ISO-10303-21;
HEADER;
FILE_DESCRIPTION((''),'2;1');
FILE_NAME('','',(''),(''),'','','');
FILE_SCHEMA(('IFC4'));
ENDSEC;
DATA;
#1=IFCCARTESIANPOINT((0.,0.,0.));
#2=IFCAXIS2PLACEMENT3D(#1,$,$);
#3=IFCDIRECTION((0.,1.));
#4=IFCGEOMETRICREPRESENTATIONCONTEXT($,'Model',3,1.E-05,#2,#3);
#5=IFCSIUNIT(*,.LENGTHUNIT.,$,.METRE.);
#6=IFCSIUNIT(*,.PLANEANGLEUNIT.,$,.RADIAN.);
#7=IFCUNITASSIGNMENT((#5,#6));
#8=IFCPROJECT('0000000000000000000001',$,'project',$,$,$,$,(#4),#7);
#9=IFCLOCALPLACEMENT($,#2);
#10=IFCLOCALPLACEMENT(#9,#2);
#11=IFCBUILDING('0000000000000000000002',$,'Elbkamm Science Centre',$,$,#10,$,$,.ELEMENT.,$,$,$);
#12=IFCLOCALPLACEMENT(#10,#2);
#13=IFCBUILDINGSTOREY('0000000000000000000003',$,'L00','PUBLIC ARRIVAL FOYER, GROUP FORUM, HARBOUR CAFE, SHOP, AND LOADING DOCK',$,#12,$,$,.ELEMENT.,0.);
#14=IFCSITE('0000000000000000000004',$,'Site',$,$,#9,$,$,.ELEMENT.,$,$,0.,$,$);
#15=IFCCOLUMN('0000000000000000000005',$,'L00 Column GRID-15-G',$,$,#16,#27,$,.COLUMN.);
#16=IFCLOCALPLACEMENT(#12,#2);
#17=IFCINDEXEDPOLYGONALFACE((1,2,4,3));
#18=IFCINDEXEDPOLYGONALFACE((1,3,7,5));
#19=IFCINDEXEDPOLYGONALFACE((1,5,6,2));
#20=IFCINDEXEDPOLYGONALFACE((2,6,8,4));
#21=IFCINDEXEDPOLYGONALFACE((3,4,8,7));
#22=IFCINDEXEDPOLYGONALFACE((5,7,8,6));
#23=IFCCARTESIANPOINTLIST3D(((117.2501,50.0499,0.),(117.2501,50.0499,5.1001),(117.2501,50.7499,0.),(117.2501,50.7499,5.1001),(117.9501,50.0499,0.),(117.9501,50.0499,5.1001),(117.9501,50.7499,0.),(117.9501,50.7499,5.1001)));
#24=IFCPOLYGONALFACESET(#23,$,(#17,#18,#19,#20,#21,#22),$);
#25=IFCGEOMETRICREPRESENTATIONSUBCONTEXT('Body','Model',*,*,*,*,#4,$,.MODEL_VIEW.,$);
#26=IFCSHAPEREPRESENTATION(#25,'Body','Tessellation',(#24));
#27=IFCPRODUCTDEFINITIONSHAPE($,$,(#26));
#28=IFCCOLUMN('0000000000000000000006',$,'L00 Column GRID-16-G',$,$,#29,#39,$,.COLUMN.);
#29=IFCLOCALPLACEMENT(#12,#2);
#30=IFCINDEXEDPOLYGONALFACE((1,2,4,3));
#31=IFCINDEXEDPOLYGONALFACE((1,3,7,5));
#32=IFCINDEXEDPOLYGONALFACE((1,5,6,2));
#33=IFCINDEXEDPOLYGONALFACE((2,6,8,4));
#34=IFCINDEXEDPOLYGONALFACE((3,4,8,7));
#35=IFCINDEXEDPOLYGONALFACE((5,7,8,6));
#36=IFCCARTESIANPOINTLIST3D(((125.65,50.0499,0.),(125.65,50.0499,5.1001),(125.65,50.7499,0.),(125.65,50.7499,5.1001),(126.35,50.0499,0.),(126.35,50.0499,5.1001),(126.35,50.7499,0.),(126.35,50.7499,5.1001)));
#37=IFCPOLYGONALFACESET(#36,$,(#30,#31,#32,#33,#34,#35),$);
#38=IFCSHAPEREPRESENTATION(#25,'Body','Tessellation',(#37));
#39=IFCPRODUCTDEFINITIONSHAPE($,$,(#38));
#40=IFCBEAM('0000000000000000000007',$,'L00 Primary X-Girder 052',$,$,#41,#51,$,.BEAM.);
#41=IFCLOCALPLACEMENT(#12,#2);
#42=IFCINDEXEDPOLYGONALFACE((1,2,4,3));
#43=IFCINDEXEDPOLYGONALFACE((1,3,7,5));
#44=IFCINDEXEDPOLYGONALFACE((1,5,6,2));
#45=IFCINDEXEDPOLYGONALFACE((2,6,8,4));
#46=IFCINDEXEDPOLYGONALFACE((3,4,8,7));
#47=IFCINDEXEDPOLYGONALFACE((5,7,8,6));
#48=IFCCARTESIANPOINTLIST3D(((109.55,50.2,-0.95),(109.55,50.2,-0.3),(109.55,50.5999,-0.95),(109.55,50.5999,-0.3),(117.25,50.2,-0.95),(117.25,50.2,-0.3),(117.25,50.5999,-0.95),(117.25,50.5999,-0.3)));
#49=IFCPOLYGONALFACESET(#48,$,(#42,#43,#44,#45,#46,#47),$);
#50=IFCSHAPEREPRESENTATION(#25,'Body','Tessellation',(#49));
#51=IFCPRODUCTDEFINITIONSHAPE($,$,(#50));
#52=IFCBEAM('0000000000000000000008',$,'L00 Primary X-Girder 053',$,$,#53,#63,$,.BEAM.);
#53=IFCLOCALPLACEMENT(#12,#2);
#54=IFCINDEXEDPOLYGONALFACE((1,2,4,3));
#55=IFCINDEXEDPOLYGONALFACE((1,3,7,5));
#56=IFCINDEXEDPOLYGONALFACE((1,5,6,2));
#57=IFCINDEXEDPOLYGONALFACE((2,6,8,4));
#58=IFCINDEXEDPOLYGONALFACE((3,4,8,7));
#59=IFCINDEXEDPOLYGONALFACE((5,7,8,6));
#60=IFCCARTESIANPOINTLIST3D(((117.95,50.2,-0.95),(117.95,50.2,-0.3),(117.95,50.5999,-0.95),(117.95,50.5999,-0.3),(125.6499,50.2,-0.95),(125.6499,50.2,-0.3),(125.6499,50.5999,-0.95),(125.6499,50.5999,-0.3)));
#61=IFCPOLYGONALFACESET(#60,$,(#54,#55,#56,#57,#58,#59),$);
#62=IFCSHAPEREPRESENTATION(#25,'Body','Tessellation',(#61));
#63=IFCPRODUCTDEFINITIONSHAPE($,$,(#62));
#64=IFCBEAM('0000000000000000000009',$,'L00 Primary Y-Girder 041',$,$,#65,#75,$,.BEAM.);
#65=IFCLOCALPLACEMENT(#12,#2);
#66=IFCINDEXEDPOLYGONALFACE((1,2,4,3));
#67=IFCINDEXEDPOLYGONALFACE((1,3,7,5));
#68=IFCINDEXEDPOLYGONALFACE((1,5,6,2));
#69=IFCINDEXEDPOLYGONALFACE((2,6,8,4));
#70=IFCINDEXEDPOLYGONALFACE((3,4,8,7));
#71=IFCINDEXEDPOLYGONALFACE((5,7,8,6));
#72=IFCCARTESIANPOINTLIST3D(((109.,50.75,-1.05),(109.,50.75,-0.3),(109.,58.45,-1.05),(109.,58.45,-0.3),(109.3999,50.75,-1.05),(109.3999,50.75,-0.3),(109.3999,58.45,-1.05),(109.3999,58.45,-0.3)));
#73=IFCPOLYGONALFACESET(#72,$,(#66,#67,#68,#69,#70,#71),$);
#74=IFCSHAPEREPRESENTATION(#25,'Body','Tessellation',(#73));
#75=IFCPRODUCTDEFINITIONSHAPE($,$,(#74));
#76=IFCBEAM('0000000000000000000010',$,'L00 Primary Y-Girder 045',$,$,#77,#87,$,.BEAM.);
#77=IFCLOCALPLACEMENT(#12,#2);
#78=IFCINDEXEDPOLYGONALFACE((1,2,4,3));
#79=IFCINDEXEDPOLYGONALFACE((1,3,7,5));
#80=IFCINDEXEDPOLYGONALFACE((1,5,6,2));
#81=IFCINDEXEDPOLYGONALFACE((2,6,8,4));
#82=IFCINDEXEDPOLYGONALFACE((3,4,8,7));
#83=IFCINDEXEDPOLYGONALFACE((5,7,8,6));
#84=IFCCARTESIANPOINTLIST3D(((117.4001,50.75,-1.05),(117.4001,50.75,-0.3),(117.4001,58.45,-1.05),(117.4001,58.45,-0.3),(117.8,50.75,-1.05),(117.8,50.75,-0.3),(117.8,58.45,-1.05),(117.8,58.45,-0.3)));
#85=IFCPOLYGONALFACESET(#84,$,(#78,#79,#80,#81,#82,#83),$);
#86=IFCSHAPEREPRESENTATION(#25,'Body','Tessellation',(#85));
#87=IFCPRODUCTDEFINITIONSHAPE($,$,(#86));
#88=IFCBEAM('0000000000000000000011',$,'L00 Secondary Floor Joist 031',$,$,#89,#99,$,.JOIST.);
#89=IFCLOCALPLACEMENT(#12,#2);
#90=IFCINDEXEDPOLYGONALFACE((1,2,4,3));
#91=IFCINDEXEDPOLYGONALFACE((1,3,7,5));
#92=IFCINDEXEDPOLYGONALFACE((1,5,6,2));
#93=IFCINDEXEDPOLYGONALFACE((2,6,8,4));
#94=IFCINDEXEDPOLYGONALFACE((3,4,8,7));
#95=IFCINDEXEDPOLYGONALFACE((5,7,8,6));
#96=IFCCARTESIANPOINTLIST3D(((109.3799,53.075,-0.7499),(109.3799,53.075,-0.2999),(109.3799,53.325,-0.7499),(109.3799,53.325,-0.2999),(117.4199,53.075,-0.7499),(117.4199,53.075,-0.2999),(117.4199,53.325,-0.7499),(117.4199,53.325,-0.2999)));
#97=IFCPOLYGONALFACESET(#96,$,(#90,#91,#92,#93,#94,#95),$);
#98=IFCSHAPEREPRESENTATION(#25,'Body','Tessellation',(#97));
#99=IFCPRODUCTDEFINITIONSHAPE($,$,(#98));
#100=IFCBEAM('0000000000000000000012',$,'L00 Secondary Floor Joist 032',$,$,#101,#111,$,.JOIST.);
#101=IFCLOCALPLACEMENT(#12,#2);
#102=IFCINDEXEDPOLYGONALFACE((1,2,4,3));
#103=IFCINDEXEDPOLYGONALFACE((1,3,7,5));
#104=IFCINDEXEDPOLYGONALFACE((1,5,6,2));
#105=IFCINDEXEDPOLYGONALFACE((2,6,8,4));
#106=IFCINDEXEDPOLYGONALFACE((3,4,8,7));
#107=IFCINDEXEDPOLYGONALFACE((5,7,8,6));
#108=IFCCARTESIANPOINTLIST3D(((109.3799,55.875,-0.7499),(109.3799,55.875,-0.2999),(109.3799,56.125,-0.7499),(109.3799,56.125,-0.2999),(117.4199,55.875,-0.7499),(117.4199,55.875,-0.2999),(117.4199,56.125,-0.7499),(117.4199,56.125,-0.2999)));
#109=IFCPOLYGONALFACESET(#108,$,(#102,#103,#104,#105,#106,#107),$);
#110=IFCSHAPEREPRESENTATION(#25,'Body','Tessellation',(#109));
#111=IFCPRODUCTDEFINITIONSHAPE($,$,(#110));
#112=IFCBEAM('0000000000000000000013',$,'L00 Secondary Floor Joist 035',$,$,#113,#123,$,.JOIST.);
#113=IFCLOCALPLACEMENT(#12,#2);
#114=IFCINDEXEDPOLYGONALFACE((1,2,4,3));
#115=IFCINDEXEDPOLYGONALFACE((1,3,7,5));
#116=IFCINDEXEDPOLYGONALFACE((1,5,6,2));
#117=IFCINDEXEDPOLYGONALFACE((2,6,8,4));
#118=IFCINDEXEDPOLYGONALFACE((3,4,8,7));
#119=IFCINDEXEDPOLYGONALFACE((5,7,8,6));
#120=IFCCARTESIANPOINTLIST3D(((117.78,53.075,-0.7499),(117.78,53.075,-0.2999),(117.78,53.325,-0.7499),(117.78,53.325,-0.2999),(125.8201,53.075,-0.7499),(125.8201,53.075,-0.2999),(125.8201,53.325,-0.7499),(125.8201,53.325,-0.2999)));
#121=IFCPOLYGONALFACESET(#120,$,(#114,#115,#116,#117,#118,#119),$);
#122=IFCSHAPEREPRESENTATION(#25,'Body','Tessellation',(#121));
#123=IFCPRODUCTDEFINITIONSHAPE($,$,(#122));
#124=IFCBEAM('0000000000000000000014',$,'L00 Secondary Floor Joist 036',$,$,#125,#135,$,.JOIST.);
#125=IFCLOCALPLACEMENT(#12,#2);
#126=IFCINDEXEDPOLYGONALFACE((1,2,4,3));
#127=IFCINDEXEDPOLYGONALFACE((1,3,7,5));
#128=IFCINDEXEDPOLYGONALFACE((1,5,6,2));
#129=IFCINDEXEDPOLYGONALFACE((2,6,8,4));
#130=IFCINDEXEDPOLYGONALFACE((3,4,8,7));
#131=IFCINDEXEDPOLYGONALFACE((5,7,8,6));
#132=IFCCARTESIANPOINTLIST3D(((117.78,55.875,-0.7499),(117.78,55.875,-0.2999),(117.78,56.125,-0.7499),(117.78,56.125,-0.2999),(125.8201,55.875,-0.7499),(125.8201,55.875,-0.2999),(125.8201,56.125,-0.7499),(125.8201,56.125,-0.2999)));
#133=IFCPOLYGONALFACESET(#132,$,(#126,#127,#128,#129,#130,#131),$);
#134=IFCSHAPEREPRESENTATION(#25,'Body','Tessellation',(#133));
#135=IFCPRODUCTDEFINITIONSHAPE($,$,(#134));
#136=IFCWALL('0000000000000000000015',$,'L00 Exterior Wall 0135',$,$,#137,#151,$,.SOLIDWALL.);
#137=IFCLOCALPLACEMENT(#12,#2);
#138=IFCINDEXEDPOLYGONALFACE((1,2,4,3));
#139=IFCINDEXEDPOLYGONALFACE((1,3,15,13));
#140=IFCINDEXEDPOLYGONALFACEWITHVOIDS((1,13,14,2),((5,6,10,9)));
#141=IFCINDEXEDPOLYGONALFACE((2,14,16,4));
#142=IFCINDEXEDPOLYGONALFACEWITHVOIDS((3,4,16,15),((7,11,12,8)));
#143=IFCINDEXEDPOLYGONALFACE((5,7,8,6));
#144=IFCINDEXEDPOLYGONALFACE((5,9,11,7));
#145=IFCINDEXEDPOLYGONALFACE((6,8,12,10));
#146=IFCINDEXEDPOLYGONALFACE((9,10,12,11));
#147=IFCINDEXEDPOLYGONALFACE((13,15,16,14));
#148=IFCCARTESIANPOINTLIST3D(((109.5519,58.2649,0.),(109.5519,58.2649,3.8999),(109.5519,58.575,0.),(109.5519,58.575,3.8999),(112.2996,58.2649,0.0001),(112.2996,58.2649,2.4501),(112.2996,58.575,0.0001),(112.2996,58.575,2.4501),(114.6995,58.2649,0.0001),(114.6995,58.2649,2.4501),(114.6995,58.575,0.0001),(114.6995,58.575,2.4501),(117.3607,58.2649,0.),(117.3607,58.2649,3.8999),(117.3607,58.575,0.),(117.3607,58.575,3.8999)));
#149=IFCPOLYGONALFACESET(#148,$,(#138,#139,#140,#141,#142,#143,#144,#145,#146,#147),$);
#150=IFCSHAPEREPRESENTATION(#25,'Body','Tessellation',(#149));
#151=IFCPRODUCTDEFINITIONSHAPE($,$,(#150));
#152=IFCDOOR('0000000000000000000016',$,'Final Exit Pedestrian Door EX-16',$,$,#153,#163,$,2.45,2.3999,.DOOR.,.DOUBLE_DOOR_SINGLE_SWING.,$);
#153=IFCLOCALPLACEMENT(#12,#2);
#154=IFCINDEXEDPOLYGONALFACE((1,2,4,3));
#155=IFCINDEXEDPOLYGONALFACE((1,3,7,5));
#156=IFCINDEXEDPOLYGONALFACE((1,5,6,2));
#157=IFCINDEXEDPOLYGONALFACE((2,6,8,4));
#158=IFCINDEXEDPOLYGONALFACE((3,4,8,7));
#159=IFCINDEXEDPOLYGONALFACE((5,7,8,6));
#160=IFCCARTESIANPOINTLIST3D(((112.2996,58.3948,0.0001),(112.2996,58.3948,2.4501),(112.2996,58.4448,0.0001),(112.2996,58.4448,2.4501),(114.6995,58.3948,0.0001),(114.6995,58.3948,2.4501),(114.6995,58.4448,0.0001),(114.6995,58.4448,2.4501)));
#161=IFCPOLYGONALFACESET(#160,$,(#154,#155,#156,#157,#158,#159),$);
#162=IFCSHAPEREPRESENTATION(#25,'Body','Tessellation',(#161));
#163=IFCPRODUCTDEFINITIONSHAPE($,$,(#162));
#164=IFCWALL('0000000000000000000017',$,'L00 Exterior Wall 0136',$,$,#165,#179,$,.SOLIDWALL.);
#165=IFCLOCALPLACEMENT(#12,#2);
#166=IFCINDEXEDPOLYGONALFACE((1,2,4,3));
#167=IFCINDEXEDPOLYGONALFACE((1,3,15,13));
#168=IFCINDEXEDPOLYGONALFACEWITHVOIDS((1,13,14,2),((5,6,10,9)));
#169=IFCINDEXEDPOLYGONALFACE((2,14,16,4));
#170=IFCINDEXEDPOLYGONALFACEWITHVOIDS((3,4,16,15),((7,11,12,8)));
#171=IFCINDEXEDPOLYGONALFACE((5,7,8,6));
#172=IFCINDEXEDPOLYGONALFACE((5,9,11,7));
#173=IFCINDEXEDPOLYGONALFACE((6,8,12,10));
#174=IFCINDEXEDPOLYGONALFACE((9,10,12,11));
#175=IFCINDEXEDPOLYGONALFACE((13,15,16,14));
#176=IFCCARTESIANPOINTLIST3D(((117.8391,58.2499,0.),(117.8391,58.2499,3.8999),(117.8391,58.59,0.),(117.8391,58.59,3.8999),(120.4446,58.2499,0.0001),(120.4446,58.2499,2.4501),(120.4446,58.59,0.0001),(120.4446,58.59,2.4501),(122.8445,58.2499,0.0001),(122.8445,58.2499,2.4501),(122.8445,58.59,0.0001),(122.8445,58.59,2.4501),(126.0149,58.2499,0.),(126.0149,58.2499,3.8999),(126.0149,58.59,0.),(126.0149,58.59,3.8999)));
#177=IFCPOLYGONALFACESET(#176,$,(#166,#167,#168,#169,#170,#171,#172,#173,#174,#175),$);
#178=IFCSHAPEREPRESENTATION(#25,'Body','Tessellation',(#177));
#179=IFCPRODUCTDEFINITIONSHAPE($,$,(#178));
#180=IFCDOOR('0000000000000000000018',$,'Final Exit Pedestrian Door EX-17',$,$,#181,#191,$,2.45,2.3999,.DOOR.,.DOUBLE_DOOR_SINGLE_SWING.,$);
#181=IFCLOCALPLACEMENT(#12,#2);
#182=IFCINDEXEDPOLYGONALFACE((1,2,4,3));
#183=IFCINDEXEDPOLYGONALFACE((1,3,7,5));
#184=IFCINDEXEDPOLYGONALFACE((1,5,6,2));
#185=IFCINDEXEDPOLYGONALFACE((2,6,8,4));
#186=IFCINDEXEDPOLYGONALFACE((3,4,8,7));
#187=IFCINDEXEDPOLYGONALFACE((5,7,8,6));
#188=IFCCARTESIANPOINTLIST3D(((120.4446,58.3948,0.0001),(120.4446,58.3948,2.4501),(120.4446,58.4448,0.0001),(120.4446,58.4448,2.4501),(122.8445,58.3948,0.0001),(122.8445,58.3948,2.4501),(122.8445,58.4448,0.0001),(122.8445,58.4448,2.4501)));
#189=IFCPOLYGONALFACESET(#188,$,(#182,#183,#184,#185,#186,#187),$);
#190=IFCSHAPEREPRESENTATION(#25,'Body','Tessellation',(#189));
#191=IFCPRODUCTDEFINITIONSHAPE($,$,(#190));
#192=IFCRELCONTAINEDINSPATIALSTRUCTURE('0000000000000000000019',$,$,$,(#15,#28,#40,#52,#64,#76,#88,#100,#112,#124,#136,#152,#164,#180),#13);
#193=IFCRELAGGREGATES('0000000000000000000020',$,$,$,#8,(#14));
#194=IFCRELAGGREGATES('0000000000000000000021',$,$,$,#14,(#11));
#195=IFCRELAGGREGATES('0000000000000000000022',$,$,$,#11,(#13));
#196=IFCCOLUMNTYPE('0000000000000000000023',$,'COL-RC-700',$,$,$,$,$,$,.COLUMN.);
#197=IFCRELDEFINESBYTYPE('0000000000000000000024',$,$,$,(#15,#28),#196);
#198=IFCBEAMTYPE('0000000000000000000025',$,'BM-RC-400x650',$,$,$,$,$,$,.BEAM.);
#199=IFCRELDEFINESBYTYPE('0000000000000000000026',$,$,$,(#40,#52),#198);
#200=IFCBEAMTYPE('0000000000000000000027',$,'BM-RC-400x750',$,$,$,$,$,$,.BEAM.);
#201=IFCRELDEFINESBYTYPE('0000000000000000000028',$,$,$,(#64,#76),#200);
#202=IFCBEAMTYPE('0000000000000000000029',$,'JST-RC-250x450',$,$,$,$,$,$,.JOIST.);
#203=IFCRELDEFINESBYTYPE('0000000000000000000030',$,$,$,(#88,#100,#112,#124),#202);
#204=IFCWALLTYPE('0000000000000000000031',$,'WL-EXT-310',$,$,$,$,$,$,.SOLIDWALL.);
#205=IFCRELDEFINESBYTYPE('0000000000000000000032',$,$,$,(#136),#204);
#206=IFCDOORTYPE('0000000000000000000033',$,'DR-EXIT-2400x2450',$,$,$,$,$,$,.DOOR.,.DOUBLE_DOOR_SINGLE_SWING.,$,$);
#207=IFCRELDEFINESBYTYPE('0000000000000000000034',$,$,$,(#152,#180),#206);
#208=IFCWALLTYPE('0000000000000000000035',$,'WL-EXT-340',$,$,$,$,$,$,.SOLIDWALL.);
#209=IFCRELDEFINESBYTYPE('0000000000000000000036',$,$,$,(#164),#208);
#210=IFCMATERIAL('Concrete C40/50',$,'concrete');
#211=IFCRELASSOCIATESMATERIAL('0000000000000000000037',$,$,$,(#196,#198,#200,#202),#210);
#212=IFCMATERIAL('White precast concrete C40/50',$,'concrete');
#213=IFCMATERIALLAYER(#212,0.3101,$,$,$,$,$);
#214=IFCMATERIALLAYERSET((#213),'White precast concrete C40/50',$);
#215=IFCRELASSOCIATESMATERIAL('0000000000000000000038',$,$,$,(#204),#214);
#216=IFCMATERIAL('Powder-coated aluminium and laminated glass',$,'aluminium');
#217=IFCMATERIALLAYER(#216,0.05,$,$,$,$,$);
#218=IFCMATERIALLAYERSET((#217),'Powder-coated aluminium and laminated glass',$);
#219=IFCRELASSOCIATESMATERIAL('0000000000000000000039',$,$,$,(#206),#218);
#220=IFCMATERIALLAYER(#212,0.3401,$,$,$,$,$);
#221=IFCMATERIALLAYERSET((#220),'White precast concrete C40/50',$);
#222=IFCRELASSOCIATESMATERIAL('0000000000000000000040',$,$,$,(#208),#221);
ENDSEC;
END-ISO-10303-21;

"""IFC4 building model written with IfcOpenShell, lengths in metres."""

from ifc_helpers import new_model, si_unit, direction, frame, frame_2d, origin, origin_2d, place, context, subcontext, project, spatial, rectangle, extrude, material, layer, layer_set, material_profile, profile_set, type_object, element, fill, save


model = new_model("IFC4")

# Units and contexts
model_context = context("Model", 3, precision=1e-05, world=origin(), true_north=direction((0.0, 1.0)))
body_context = subcontext(model_context, "Body", "Model", "MODEL_VIEW")
ifc_project = project(units=[si_unit("LENGTHUNIT", "METRE"), si_unit("PLANEANGLEUNIT", "RADIAN")], contexts=[model_context])

# Site, building, storey
site_placement = place(None, origin())
site = spatial("IfcSite", under=ifc_project, at=site_placement, Name="Site", CompositionType="ELEMENT", RefElevation=0.0)
building_placement = place(site_placement, origin())
building = spatial("IfcBuilding", under=site, at=building_placement, Name="Elbkamm Science Centre", CompositionType="ELEMENT")
storey_placement = place(building_placement, origin())
storey = spatial("IfcBuildingStorey", under=building, at=storey_placement, Name="L00", Description="PUBLIC ARRIVAL FOYER, GROUP FORUM, HARBOUR CAFE, SHOP, AND LOADING DOCK", CompositionType="ELEMENT", Elevation=0.0)

# Columns
ifc_material_1 = material(Name="Concrete C40/50", Category="concrete")
ifc_material_profile_1 = material_profile(ifc_material_1, rectangle(XDim=0.7, YDim=0.7, at=origin_2d()), Name="RC 700x700")
ifc_profile_set_1 = profile_set([ifc_material_profile_1], Name="Concrete C40/50")
column_type = type_object("IfcColumnType", Name="COL-RC-700", PredefinedType="COLUMN", material=ifc_profile_set_1)
for number, where, z_axis, x_axis, name in (
    (1, (117.6001, 50.3999, 0.0), (0.0, 0.0, 1.0), (1.0, 0.0, 0.0), "L00 Column GRID-15-G"),
    (2, (126.0, 50.3999, 0.0), (0.0, 0.0, 1.0), (1.0, 0.0, 0.0), "L00 Column GRID-16-G"),
):
    element("IfcColumn", number, at=place(storey_placement, frame(where, z_axis=z_axis, x_axis=x_axis)), inside=storey, type_object=column_type, Name=name, PredefinedType="COLUMN", context=body_context, shape_type="SweptSolid", body=[
        extrude(rectangle(XDim=0.7, YDim=0.7, at=origin_2d()), origin(), (0.0, 0.0, 1.0), 5.1001),
    ])

# Beams
ifc_material_profile_2 = material_profile(ifc_material_1, rectangle(XDim=0.3999, YDim=0.6499, at=origin_2d()), Name="RC 400x650")
ifc_profile_set_2 = profile_set([ifc_material_profile_2], Name="Concrete C40/50")
beam_type_1 = type_object("IfcBeamType", Name="BM-RC-400x650", PredefinedType="BEAM", material=ifc_profile_set_2)
for number, where, z_axis, x_axis, name in (
    (3, (109.55, 50.3999, -0.625), (1.0, 0.0, 0.0), (0.0, 1.0, 0.0), "L00 Primary X-Girder 052"),
    (4, (117.95, 50.3999, -0.625), (1.0, 0.0, 0.0), (0.0, 1.0, 0.0), "L00 Primary X-Girder 053"),
):
    element("IfcBeam", number, at=place(storey_placement, frame(where, z_axis=z_axis, x_axis=x_axis)), inside=storey, type_object=beam_type_1, Name=name, PredefinedType="BEAM", context=body_context, shape_type="SweptSolid", body=[
        extrude(rectangle(XDim=0.3999, YDim=0.6499, at=origin_2d()), origin(), (0.0, 0.0, 1.0), 7.7),
    ])
ifc_material_profile_3 = material_profile(ifc_material_1, rectangle(XDim=0.3999, YDim=0.75, at=origin_2d()), Name="RC 400x750")
ifc_profile_set_3 = profile_set([ifc_material_profile_3], Name="Concrete C40/50")
beam_type_2 = type_object("IfcBeamType", Name="BM-RC-400x750", PredefinedType="BEAM", material=ifc_profile_set_3)
for number, where, z_axis, x_axis, name in (
    (5, (109.2, 50.75, -0.675), (0.0, 1.0, 0.0), (-1.0, 0.0, 0.0), "L00 Primary Y-Girder 041"),
    (6, (117.6001, 50.75, -0.675), (0.0, 1.0, 0.0), (-1.0, 0.0, 0.0), "L00 Primary Y-Girder 045"),
):
    element("IfcBeam", number, at=place(storey_placement, frame(where, z_axis=z_axis, x_axis=x_axis)), inside=storey, type_object=beam_type_2, Name=name, PredefinedType="BEAM", context=body_context, shape_type="SweptSolid", body=[
        extrude(rectangle(XDim=0.3999, YDim=0.75, at=origin_2d()), origin(), (0.0, 0.0, 1.0), 7.7),
    ])
ifc_material_profile_4 = material_profile(ifc_material_1, rectangle(XDim=0.25, YDim=0.45, at=origin_2d()), Name="RC 250x450")
ifc_profile_set_4 = profile_set([ifc_material_profile_4], Name="Concrete C40/50")
beam_type_3 = type_object("IfcBeamType", Name="JST-RC-250x450", PredefinedType="JOIST", material=ifc_profile_set_4)
for number, where, z_axis, x_axis, name in (
    (7, (109.3799, 53.2, -0.5249), (1.0, 0.0, 0.0), (0.0, 1.0, 0.0), "L00 Secondary Floor Joist 031"),
    (8, (109.3799, 56.0, -0.5249), (1.0, 0.0, 0.0), (0.0, 1.0, 0.0), "L00 Secondary Floor Joist 032"),
    (9, (117.78, 53.2, -0.5249), (1.0, 0.0, 0.0), (0.0, 1.0, 0.0), "L00 Secondary Floor Joist 035"),
    (10, (117.78, 56.0, -0.5249), (1.0, 0.0, 0.0), (0.0, 1.0, 0.0), "L00 Secondary Floor Joist 036"),
):
    element("IfcBeam", number, at=place(storey_placement, frame(where, z_axis=z_axis, x_axis=x_axis)), inside=storey, type_object=beam_type_3, Name=name, PredefinedType="JOIST", context=body_context, shape_type="SweptSolid", body=[
        extrude(rectangle(XDim=0.25, YDim=0.45, at=origin_2d()), origin(), (0.0, 0.0, 1.0), 8.04),
    ])

# Walls, openings, doors
ifc_material_2 = material(Name="White precast concrete C40/50", Category="concrete")
ifc_layer_1 = layer(ifc_material_2, 0.3101)
ifc_layer_set_1 = layer_set([ifc_layer_1], Name="White precast concrete C40/50")
wall_type_1 = type_object("IfcWallType", Name="WL-EXT-310", PredefinedType="SOLIDWALL", material=ifc_layer_set_1)
wall_1_placement = place(storey_placement, frame((109.552, 58.4199, 0.0), z_axis=(0.0, 0.0, 1.0), x_axis=(1.0, 0.0, 0.0)))
wall_1 = element("IfcWall", 11, at=wall_1_placement, inside=storey, type_object=wall_type_1, Name="L00 Exterior Wall 0135", PredefinedType="SOLIDWALL", context=body_context, shape_type="SweptSolid", body=[
    extrude(rectangle(XDim=7.8088, YDim=0.3101, at=frame_2d((3.9043, 0.0))), origin(), (0.0, 0.0, 1.0), 3.8999),
])
opening_1_placement = place(wall_1_placement, frame((2.7476, 0.0, 0.0)))
opening_1 = element("IfcOpeningElement", 12, at=opening_1_placement, cuts=wall_1, PredefinedType="OPENING", context=body_context, shape_type="SweptSolid", body=[
    extrude(rectangle(XDim=2.3999, YDim=2.45, at=frame_2d((1.2, 1.2251))), frame((0.0, 0.167, 0.0), z_axis=(0.0, -1.0, 0.0), x_axis=(1.0, 0.0, 0.0)), (0.0, 0.0, 1.0), 0.334),
])
ifc_material_3 = material(Name="Powder-coated aluminium and laminated glass", Category="aluminium")
ifc_layer_2 = layer(ifc_material_3, 0.05)
ifc_layer_set_2 = layer_set([ifc_layer_2], Name="Powder-coated aluminium and laminated glass")
door_type_1 = type_object("IfcDoorType", Name="DR-EXIT-2400x2450", OperationType="DOUBLE_DOOR_SINGLE_SWING", PredefinedType="DOOR", material=ifc_layer_set_2)
door_1_placement = place(opening_1_placement, origin())
door_1 = element("IfcDoor", 13, at=door_1_placement, inside=storey, type_object=door_type_1, Name="Final Exit Pedestrian Door EX-16", OperationType="DOUBLE_DOOR_SINGLE_SWING", OverallHeight=2.45, OverallWidth=2.3999, PredefinedType="DOOR", context=body_context, shape_type="SweptSolid", body=[
    extrude(rectangle(XDim=2.3999, YDim=2.45, at=frame_2d((1.2, 1.2251))), frame((0.0, 0.0249, 0.0), z_axis=(0.0, -1.0, 0.0), x_axis=(1.0, 0.0, 0.0)), (0.0, 0.0, 1.0), 0.05),
])
fill(opening_1, door_1)
ifc_layer_3 = layer(ifc_material_2, 0.3401)
ifc_layer_set_3 = layer_set([ifc_layer_3], Name="White precast concrete C40/50")
wall_type_2 = type_object("IfcWallType", Name="WL-EXT-340", PredefinedType="SOLIDWALL", material=ifc_layer_set_3)
wall_2_placement = place(storey_placement, frame((117.8391, 58.4199, 0.0), z_axis=(0.0, 0.0, 1.0), x_axis=(1.0, 0.0, 0.0)))
wall_2 = element("IfcWall", 14, at=wall_2_placement, inside=storey, type_object=wall_type_2, Name="L00 Exterior Wall 0136", PredefinedType="SOLIDWALL", context=body_context, shape_type="SweptSolid", body=[
    extrude(rectangle(XDim=8.1758, YDim=0.3401, at=frame_2d((4.0879, 0.0))), origin(), (0.0, 0.0, 1.0), 3.8999),
])
opening_2_placement = place(wall_2_placement, frame((2.6055, 0.0, 0.0)))
opening_2 = element("IfcOpeningElement", 15, at=opening_2_placement, cuts=wall_2, PredefinedType="OPENING", context=body_context, shape_type="SweptSolid", body=[
    extrude(rectangle(XDim=2.3999, YDim=2.45, at=frame_2d((1.2, 1.2251))), frame((0.0, 0.1821, 0.0), z_axis=(0.0, -1.0, 0.0), x_axis=(1.0, 0.0, 0.0)), (0.0, 0.0, 1.0), 0.364),
])
door_2_placement = place(opening_2_placement, origin())
door_2 = element("IfcDoor", 16, at=door_2_placement, inside=storey, type_object=door_type_1, Name="Final Exit Pedestrian Door EX-17", OperationType="DOUBLE_DOOR_SINGLE_SWING", OverallHeight=2.45, OverallWidth=2.3999, PredefinedType="DOOR", context=body_context, shape_type="SweptSolid", body=[
    extrude(rectangle(XDim=2.3999, YDim=2.45, at=frame_2d((1.2, 1.2251))), frame((0.0, 0.0249, 0.0), z_axis=(0.0, -1.0, 0.0), x_axis=(1.0, 0.0, 0.0)), (0.0, 0.0, 1.0), 0.05),
])
fill(opening_2, door_2)

save(model, "model.ifc")
